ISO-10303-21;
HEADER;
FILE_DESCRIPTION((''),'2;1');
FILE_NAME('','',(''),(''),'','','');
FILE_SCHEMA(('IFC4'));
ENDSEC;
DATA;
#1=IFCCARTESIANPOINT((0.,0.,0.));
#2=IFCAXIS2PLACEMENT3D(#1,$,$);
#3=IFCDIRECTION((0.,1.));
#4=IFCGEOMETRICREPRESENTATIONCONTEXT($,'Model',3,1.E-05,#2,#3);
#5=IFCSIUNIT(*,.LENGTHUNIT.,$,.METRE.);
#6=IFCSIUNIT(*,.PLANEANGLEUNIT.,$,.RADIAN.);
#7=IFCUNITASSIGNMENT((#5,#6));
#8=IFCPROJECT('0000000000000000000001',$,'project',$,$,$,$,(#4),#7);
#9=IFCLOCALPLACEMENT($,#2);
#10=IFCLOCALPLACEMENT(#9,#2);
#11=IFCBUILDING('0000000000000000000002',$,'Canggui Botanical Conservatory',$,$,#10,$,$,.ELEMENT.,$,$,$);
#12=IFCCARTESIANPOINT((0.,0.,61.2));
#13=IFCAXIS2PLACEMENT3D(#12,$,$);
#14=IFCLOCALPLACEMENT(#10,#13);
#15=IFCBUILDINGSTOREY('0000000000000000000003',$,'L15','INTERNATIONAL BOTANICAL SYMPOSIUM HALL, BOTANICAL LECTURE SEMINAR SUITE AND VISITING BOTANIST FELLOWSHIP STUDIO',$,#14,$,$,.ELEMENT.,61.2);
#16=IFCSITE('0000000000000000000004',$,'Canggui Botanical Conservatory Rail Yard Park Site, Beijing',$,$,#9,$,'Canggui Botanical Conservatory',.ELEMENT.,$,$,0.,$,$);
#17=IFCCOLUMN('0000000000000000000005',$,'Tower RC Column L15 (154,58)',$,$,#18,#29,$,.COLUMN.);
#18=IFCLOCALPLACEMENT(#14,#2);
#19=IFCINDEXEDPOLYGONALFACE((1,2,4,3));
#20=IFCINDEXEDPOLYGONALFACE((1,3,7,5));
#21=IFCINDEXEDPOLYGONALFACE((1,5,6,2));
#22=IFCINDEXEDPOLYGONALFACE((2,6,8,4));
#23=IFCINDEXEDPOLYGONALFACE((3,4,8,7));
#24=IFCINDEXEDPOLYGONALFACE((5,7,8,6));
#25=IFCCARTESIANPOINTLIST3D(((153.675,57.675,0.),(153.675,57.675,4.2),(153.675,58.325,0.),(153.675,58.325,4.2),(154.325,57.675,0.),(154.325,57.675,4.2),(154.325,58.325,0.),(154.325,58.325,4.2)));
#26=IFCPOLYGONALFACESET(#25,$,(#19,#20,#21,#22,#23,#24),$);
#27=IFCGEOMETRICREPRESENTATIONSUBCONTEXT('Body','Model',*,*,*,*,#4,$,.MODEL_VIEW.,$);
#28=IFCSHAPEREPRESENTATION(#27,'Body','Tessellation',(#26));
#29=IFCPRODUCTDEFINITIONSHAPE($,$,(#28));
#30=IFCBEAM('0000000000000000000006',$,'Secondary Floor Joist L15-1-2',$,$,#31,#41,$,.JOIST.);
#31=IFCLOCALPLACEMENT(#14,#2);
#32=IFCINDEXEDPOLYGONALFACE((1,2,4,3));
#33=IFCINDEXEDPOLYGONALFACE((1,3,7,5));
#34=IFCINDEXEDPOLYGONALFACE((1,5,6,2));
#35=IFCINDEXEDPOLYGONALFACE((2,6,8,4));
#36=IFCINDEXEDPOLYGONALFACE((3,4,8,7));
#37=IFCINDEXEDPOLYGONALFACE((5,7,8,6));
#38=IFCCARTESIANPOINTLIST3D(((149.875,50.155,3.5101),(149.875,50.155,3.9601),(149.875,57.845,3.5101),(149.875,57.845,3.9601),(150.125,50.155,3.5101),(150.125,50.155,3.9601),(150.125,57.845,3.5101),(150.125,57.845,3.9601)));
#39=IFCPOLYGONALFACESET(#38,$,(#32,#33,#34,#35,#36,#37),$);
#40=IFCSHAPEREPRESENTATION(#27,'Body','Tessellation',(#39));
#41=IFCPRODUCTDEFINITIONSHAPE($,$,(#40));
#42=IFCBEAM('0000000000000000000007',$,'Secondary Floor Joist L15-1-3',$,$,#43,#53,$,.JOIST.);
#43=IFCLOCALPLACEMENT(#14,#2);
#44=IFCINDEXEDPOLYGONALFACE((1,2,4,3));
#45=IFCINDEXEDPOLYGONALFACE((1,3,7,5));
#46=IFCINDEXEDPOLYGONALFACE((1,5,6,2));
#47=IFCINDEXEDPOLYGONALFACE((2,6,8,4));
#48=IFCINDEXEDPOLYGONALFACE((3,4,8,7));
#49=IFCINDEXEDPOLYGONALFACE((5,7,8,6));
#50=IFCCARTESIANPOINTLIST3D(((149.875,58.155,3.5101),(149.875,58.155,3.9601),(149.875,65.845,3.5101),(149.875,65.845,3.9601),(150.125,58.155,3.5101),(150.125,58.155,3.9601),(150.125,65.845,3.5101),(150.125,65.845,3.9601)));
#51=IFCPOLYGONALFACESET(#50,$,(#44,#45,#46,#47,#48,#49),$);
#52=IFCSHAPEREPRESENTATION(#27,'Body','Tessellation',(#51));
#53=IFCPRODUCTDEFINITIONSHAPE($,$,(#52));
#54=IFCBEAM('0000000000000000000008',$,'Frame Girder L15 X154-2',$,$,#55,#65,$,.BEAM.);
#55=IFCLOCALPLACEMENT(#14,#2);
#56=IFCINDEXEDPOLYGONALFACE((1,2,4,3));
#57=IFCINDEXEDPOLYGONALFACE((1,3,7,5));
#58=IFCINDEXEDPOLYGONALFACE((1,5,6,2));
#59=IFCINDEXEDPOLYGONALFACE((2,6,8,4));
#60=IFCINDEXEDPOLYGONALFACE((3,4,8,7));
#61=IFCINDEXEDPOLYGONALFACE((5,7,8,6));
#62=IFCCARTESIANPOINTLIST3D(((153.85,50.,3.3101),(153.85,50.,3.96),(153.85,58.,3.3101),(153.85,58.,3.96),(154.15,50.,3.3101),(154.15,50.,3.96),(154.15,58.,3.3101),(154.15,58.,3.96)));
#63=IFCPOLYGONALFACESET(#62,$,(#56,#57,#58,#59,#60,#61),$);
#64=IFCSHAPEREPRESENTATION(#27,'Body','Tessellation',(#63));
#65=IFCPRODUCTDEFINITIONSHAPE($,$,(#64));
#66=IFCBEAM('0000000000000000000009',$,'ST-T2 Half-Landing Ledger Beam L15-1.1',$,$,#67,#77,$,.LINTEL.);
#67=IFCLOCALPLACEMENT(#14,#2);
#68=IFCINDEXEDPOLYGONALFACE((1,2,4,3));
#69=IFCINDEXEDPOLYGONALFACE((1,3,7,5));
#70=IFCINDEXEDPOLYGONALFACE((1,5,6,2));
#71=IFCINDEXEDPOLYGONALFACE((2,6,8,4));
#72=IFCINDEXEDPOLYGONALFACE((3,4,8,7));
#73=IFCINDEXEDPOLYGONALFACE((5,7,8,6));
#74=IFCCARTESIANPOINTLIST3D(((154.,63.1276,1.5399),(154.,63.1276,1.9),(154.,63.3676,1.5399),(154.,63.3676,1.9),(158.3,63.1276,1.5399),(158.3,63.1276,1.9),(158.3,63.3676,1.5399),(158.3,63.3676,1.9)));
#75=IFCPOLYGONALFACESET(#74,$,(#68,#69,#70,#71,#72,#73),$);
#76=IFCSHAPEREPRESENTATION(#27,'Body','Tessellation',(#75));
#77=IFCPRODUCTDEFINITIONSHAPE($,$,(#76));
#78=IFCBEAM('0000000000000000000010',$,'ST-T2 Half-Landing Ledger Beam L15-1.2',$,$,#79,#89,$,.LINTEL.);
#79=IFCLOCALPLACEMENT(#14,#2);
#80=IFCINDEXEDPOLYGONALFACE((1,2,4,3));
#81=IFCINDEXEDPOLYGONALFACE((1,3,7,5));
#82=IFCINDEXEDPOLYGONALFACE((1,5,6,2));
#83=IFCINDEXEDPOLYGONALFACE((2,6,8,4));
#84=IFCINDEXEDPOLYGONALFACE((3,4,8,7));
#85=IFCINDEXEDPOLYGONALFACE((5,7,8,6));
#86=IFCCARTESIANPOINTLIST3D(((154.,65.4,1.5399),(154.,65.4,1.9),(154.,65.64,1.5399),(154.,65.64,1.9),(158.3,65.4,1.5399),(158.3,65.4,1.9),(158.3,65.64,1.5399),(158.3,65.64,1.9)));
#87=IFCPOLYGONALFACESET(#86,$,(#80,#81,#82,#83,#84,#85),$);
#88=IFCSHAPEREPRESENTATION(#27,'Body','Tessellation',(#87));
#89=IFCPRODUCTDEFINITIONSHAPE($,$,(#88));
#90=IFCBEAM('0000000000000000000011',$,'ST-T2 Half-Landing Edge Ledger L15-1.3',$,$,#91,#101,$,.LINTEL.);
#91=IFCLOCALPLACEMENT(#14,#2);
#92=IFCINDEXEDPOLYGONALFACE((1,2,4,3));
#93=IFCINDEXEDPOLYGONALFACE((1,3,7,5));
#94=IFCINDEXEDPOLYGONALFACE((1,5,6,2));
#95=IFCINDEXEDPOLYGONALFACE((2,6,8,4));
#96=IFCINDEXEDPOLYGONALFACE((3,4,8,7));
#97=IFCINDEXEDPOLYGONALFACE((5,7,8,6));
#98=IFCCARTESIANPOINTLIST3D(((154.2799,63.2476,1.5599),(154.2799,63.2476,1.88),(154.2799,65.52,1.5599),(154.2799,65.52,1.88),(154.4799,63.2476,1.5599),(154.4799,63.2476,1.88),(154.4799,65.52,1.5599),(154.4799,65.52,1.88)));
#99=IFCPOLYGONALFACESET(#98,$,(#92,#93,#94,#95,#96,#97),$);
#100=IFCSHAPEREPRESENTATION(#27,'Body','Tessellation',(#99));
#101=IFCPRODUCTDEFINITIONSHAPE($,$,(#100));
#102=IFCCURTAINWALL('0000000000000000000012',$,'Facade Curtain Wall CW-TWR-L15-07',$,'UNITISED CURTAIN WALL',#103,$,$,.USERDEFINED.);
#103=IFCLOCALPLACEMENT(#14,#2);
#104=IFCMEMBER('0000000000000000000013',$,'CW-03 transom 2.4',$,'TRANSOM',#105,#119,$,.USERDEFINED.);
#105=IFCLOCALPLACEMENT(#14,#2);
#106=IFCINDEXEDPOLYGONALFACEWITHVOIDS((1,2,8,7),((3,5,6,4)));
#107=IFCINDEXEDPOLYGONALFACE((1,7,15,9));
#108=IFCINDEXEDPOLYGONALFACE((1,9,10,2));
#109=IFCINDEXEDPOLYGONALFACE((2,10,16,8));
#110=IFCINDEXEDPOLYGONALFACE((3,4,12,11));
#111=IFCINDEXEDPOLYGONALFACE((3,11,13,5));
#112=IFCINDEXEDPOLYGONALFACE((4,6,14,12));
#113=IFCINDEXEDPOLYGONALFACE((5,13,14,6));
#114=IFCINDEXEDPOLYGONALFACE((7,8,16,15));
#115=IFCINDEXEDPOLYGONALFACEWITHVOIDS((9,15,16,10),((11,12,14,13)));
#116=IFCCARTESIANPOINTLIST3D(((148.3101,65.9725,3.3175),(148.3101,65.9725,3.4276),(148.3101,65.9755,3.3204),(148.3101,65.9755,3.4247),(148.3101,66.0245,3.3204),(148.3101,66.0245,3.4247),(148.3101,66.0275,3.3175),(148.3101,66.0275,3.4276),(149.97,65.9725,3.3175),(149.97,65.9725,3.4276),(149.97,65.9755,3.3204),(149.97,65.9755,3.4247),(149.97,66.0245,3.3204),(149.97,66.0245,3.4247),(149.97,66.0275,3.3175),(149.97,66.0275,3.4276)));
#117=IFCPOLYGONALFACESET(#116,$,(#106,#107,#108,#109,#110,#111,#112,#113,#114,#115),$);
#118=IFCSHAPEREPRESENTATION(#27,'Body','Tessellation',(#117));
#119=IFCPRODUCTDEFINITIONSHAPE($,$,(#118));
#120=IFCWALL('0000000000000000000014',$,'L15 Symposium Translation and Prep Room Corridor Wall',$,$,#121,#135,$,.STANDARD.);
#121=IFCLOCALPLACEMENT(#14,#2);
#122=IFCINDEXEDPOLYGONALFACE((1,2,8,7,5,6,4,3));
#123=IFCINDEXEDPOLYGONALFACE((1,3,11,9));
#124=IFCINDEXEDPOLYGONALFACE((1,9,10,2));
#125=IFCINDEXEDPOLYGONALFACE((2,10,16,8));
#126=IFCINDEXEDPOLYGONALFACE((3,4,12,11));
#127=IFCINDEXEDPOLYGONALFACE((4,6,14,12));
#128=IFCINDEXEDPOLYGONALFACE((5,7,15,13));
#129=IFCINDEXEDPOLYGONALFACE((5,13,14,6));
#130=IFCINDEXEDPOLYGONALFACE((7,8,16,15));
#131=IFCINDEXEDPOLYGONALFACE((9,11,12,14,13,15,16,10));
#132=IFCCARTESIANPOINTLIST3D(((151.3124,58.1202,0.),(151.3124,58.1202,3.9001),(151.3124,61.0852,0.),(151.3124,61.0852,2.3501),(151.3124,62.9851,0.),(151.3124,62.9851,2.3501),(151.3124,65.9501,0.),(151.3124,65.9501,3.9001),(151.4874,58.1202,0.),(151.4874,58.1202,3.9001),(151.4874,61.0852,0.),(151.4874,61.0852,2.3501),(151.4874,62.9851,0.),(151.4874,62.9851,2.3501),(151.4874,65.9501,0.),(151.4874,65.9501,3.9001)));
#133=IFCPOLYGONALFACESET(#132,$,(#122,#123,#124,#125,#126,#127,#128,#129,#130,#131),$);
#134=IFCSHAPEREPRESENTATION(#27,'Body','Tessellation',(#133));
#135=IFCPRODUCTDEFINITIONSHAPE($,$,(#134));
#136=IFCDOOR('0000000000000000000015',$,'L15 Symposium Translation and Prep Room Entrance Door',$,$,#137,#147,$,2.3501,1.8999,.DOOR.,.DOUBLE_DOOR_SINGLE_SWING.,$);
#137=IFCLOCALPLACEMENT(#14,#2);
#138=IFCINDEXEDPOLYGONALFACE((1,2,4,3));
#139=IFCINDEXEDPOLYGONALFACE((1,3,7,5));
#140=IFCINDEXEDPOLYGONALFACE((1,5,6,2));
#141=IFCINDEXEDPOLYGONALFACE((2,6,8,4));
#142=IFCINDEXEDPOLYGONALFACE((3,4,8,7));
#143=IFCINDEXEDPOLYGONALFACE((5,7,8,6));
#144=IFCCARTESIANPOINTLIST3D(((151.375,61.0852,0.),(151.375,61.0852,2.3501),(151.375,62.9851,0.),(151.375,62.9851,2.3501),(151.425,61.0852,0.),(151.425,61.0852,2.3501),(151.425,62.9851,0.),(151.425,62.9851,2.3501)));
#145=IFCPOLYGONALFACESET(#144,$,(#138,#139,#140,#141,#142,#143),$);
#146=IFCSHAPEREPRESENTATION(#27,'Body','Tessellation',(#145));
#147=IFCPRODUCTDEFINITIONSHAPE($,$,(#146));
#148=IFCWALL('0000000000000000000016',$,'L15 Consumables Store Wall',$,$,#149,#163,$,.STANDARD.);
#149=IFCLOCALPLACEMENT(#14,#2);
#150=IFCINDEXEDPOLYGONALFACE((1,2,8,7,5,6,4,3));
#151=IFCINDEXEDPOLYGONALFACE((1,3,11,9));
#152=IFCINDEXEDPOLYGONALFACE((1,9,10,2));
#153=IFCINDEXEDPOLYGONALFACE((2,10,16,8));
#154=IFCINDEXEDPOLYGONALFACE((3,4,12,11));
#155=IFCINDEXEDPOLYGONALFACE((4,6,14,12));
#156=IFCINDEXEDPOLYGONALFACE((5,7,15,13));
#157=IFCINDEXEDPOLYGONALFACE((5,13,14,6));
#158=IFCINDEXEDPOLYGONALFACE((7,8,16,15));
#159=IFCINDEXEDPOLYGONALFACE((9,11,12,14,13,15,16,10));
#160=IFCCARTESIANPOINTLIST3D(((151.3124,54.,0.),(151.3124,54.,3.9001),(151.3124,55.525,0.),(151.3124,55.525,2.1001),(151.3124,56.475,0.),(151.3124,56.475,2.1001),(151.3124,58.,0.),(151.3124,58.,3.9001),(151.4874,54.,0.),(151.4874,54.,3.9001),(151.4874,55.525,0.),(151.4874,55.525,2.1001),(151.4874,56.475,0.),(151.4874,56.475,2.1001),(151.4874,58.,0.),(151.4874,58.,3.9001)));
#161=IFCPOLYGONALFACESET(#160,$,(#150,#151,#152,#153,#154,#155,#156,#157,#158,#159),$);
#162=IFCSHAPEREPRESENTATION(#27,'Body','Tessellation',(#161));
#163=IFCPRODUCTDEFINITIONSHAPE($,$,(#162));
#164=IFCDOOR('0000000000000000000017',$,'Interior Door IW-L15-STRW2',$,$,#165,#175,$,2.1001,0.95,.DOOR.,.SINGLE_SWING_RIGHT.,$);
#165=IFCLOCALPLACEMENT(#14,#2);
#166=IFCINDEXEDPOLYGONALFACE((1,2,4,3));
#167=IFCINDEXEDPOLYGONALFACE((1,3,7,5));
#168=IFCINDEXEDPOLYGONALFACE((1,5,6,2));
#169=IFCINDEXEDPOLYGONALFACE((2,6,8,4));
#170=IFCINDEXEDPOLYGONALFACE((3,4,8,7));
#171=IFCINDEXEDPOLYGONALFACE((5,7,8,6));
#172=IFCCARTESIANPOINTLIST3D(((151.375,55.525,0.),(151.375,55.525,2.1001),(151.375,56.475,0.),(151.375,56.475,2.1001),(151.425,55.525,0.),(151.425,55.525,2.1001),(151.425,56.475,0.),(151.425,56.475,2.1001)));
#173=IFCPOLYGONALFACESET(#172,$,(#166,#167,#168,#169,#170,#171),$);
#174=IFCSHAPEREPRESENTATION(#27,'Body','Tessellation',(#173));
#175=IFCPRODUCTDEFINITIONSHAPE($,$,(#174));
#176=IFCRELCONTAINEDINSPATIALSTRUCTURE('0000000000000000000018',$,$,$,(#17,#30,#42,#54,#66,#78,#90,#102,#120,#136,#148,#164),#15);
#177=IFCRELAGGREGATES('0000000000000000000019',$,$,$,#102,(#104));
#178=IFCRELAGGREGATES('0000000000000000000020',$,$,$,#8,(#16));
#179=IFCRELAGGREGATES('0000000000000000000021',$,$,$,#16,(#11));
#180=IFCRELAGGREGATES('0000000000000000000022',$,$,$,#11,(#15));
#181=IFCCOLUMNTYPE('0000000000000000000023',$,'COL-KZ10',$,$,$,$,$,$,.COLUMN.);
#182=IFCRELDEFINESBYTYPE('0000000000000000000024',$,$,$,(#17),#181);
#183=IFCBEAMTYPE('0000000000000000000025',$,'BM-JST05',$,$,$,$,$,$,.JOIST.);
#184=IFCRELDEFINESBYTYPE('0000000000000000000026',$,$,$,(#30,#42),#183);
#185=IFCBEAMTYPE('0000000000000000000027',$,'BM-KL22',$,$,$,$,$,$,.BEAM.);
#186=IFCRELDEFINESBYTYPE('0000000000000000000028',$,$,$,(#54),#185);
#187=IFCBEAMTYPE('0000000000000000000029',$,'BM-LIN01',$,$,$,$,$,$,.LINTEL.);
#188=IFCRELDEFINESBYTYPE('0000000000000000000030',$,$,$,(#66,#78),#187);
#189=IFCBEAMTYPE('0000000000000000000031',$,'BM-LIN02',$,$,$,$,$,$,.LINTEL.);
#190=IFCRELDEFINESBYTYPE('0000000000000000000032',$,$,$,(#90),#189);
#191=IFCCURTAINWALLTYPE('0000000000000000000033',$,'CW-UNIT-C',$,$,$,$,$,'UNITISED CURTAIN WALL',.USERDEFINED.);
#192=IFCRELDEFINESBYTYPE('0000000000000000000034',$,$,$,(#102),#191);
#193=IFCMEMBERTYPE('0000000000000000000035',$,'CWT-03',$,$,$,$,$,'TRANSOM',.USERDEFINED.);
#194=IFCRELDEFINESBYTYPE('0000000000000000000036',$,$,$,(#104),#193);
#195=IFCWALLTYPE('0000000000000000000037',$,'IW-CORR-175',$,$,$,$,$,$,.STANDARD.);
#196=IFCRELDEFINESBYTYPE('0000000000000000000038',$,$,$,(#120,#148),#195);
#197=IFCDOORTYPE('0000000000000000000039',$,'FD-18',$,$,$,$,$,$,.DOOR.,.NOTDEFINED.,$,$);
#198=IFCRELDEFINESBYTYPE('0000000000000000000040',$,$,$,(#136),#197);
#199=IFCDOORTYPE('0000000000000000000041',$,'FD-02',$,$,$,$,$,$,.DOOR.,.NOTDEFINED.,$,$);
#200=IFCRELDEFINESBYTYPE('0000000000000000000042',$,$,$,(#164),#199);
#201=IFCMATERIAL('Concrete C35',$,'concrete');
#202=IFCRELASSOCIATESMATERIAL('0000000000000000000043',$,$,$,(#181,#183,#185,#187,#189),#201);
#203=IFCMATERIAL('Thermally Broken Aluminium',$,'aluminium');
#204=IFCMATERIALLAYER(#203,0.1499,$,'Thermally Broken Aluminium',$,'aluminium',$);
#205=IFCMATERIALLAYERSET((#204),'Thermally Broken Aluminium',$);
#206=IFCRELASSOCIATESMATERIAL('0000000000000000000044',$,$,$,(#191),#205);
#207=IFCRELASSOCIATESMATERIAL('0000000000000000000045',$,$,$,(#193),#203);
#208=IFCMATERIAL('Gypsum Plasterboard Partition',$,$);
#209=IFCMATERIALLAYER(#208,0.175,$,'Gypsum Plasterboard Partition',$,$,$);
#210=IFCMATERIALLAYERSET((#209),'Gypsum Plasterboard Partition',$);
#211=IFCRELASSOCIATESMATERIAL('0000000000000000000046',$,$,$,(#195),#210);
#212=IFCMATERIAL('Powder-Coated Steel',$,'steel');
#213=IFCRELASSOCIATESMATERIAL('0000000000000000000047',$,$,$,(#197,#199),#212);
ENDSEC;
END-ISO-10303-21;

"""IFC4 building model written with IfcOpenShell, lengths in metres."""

from ifc_helpers import new_model, si_unit, direction, frame, frame_2d, origin, origin_2d, place, context, subcontext, project, spatial, rectangle, hollow_rectangle, extrude, material, layer, layer_set, material_profile, profile_set, type_object, element, fill, aggregate, save


model = new_model("IFC4")

# Units and contexts
model_context = context("Model", 3, precision=1e-05, world=origin(), true_north=direction((0.0, 1.0)))
body_context = subcontext(model_context, "Body", "Model", "MODEL_VIEW")
ifc_project = project(units=[si_unit("LENGTHUNIT", "METRE"), si_unit("PLANEANGLEUNIT", "RADIAN")], contexts=[model_context])

# Site, building, storey
site_placement = place(None, origin())
site = spatial("IfcSite", under=ifc_project, at=site_placement, Name="Canggui Botanical Conservatory Rail Yard Park Site, Beijing", LongName="Canggui Botanical Conservatory", CompositionType="ELEMENT", RefElevation=0.0)
building_placement = place(site_placement, origin())
building = spatial("IfcBuilding", under=site, at=building_placement, Name="Canggui Botanical Conservatory", CompositionType="ELEMENT")
storey_placement = place(building_placement, frame((0.0, 0.0, 61.2)))
storey = spatial("IfcBuildingStorey", under=building, at=storey_placement, Name="L15", Description="INTERNATIONAL BOTANICAL SYMPOSIUM HALL, BOTANICAL LECTURE SEMINAR SUITE AND VISITING BOTANIST FELLOWSHIP STUDIO", CompositionType="ELEMENT", Elevation=61.2)

# Column
ifc_material_1 = material(Name="Concrete C35", Category="concrete")
ifc_material_profile_1 = material_profile(ifc_material_1, rectangle(XDim=0.6499, YDim=0.6499, at=origin_2d()), Name="RC 650x650")
ifc_profile_set_1 = profile_set([ifc_material_profile_1], Name="Concrete C35")
column_type = type_object("IfcColumnType", Name="COL-KZ10", PredefinedType="COLUMN", material=ifc_profile_set_1)
column_placement = place(storey_placement, frame((154.0, 58.0, 0.0), z_axis=(0.0, 0.0, 1.0), x_axis=(1.0, 0.0, 0.0)))
element("IfcColumn", 1, at=column_placement, inside=storey, type_object=column_type, Name="Tower RC Column L15 (154,58)", PredefinedType="COLUMN", context=body_context, shape_type="SweptSolid", body=[
    extrude(rectangle(XDim=0.6499, YDim=0.6499, at=origin_2d()), origin(), (0.0, 0.0, 1.0), 4.2),
])

# Beams
ifc_material_profile_2 = material_profile(ifc_material_1, rectangle(XDim=0.25, YDim=0.45, at=origin_2d()), Name="RB 250x450")
ifc_profile_set_2 = profile_set([ifc_material_profile_2], Name="Concrete C35")
beam_type_1 = type_object("IfcBeamType", Name="BM-JST05", PredefinedType="JOIST", material=ifc_profile_set_2)
for number, where, z_axis, x_axis, name in (
    (2, (150.0, 50.155, 3.7351), (0.0, 1.0, 0.0), (-1.0, 0.0, 0.0), "Secondary Floor Joist L15-1-2"),
    (3, (150.0, 58.155, 3.7351), (0.0, 1.0, 0.0), (-1.0, 0.0, 0.0), "Secondary Floor Joist L15-1-3"),
):
    element("IfcBeam", number, at=place(storey_placement, frame(where, z_axis=z_axis, x_axis=x_axis)), inside=storey, type_object=beam_type_1, Name=name, PredefinedType="JOIST", context=body_context, shape_type="SweptSolid", body=[
        extrude(rectangle(XDim=0.25, YDim=0.45, at=origin_2d()), origin(), (0.0, 0.0, 1.0), 7.6899),
    ])
ifc_material_profile_3 = material_profile(ifc_material_1, rectangle(XDim=0.3, YDim=0.6499, at=origin_2d()), Name="RB 300x650")
ifc_profile_set_3 = profile_set([ifc_material_profile_3], Name="Concrete C35")
beam_type_2 = type_object("IfcBeamType", Name="BM-KL22", PredefinedType="BEAM", material=ifc_profile_set_3)
beam_1_placement = place(storey_placement, frame((154.0, 50.0, 3.635), z_axis=(0.0, 1.0, 0.0), x_axis=(-1.0, 0.0, 0.0)))
element("IfcBeam", 4, at=beam_1_placement, inside=storey, type_object=beam_type_2, Name="Frame Girder L15 X154-2", PredefinedType="BEAM", context=body_context, shape_type="SweptSolid", body=[
    extrude(rectangle(XDim=0.3, YDim=0.6499, at=origin_2d()), origin(), (0.0, 0.0, 1.0), 8.0),
])
ifc_material_profile_4 = material_profile(ifc_material_1, rectangle(XDim=0.24, YDim=0.3601, at=origin_2d()), Name="RB 240x360")
ifc_profile_set_4 = profile_set([ifc_material_profile_4], Name="Concrete C35")
beam_type_3 = type_object("IfcBeamType", Name="BM-LIN01", PredefinedType="LINTEL", material=ifc_profile_set_4)
for number, where, z_axis, x_axis, name in (
    (5, (154.0, 63.2476, 1.72), (1.0, 0.0, 0.0), (0.0, 1.0, 0.0), "ST-T2 Half-Landing Ledger Beam L15-1.1"),
    (6, (154.0, 65.52, 1.72), (1.0, 0.0, 0.0), (0.0, 1.0, 0.0), "ST-T2 Half-Landing Ledger Beam L15-1.2"),
):
    element("IfcBeam", number, at=place(storey_placement, frame(where, z_axis=z_axis, x_axis=x_axis)), inside=storey, type_object=beam_type_3, Name=name, PredefinedType="LINTEL", context=body_context, shape_type="SweptSolid", body=[
        extrude(rectangle(XDim=0.24, YDim=0.3601, at=origin_2d()), origin(), (0.0, 0.0, 1.0), 4.3),
    ])
ifc_material_profile_5 = material_profile(ifc_material_1, rectangle(XDim=0.2, YDim=0.3201, at=origin_2d()), Name="RB 200x320")
ifc_profile_set_5 = profile_set([ifc_material_profile_5], Name="Concrete C35")
beam_type_4 = type_object("IfcBeamType", Name="BM-LIN02", PredefinedType="LINTEL", material=ifc_profile_set_5)
beam_2_placement = place(storey_placement, frame((154.3799, 63.2476, 1.72), z_axis=(0.0, 1.0, 0.0), x_axis=(-1.0, 0.0, 0.0)))
element("IfcBeam", 7, at=beam_2_placement, inside=storey, type_object=beam_type_4, Name="ST-T2 Half-Landing Edge Ledger L15-1.3", PredefinedType="LINTEL", context=body_context, shape_type="SweptSolid", body=[
    extrude(rectangle(XDim=0.2, YDim=0.3201, at=origin_2d()), origin(), (0.0, 0.0, 1.0), 2.2725),
])

# Curtain wall, member
ifc_material_2 = material(Name="Thermally Broken Aluminium", Category="aluminium")
ifc_layer_1 = layer(ifc_material_2, 0.1499, Name="Thermally Broken Aluminium", Category="aluminium")
ifc_layer_set_1 = layer_set([ifc_layer_1], Name="Thermally Broken Aluminium")
curtain_wall_type = type_object("IfcCurtainWallType", Name="CW-UNIT-C", ElementType="UNITISED CURTAIN WALL", PredefinedType="USERDEFINED", material=ifc_layer_set_1)
curtain_wall_placement = place(storey_placement, origin())
curtain_wall = element("IfcCurtainWall", 8, at=curtain_wall_placement, inside=storey, type_object=curtain_wall_type, Name="Facade Curtain Wall CW-TWR-L15-07", ObjectType="UNITISED CURTAIN WALL", PredefinedType="USERDEFINED")
ifc_material_profile_6 = material_profile(ifc_material_2, hollow_rectangle(XDim=0.0549, YDim=0.1101, WallThickness=0.0029, at=origin_2d()), Name="CWT 55x110x3")
ifc_profile_set_6 = profile_set([ifc_material_profile_6], Name="Thermally Broken Aluminium")
member_type = type_object("IfcMemberType", Name="CWT-03", ElementType="TRANSOM", PredefinedType="USERDEFINED", material=ifc_profile_set_6)
member_placement = place(storey_placement, frame((148.3101, 66.0, 3.3726), z_axis=(1.0, 0.0, 0.0), x_axis=(0.0, 1.0, 0.0)))
member = element("IfcMember", 9, at=member_placement, type_object=member_type, Name="CW-03 transom 2.4", ObjectType="TRANSOM", PredefinedType="USERDEFINED", context=body_context, shape_type="SweptSolid", body=[
    extrude(hollow_rectangle(XDim=0.0549, YDim=0.1101, WallThickness=0.0029, at=origin_2d()), origin(), (0.0, 0.0, 1.0), 1.6599),
])
aggregate(curtain_wall, [member])

# Walls, openings, doors
ifc_material_3 = material(Name="Gypsum Plasterboard Partition")
ifc_layer_2 = layer(ifc_material_3, 0.175, Name="Gypsum Plasterboard Partition")
ifc_layer_set_2 = layer_set([ifc_layer_2], Name="Gypsum Plasterboard Partition")
wall_type_1 = type_object("IfcWallType", Name="IW-CORR-175", PredefinedType="STANDARD", material=ifc_layer_set_2)
wall_1_placement = place(storey_placement, frame((151.3999, 58.1201, 0.0), z_axis=(0.0, 0.0, 1.0), x_axis=(0.0, 1.0, 0.0)))
wall_1 = element("IfcWall", 10, at=wall_1_placement, inside=storey, type_object=wall_type_1, Name="L15 Symposium Translation and Prep Room Corridor Wall", PredefinedType="STANDARD", context=body_context, shape_type="SweptSolid", body=[
    extrude(rectangle(XDim=7.8298, YDim=0.175, at=frame_2d((3.915, 0.0))), origin(), (0.0, 0.0, 1.0), 3.9001),
])
opening_1_placement = place(wall_1_placement, frame((2.9651, 0.0, 0.0)))
opening_1 = element("IfcOpeningElement", 11, at=opening_1_placement, cuts=wall_1, PredefinedType="OPENING", context=body_context, shape_type="SweptSolid", body=[
    extrude(rectangle(XDim=1.8999, YDim=2.3501, at=frame_2d((0.95, 1.175))), frame((0.0, 0.0977, 0.0), z_axis=(0.0, -1.0, 0.0), x_axis=(1.0, 0.0, 0.0)), (0.0, 0.0, 1.0), 0.1951),
])
ifc_material_4 = material(Name="Powder-Coated Steel", Category="steel")
door_type_1 = type_object("IfcDoorType", Name="FD-18", OperationType="NOTDEFINED", PredefinedType="DOOR", material=ifc_material_4)
door_1_placement = place(opening_1_placement, origin())
door_1 = element("IfcDoor", 12, at=door_1_placement, inside=storey, type_object=door_type_1, Name="L15 Symposium Translation and Prep Room Entrance Door", OperationType="DOUBLE_DOOR_SINGLE_SWING", OverallHeight=2.3501, OverallWidth=1.8999, PredefinedType="DOOR", context=body_context, shape_type="SweptSolid", body=[
    extrude(rectangle(XDim=1.8999, YDim=2.3501, at=frame_2d((0.95, 1.175))), frame((0.0, 0.0249, 0.0), z_axis=(0.0, -1.0, 0.0), x_axis=(1.0, 0.0, 0.0)), (0.0, 0.0, 1.0), 0.05),
])
fill(opening_1, door_1)
wall_2_placement = place(storey_placement, frame((151.3999, 54.0, 0.0), z_axis=(0.0, 0.0, 1.0), x_axis=(0.0, 1.0, 0.0)))
wall_2 = element("IfcWall", 13, at=wall_2_placement, inside=storey, type_object=wall_type_1, Name="L15 Consumables Store Wall", PredefinedType="STANDARD", context=body_context, shape_type="SweptSolid", body=[
    extrude(rectangle(XDim=4.0, YDim=0.175, at=frame_2d((2.0, 0.0))), origin(), (0.0, 0.0, 1.0), 3.9001),
])
opening_2_placement = place(wall_2_placement, frame((1.5249, 0.0, 0.0)))
opening_2 = element("IfcOpeningElement", 14, at=opening_2_placement, cuts=wall_2, PredefinedType="OPENING", context=body_context, shape_type="SweptSolid", body=[
    extrude(rectangle(XDim=0.95, YDim=2.1001, at=frame_2d((0.4751, 1.05))), frame((0.0, 0.0977, 0.0), z_axis=(0.0, -1.0, 0.0), x_axis=(1.0, 0.0, 0.0)), (0.0, 0.0, 1.0), 0.1951),
])
door_type_2 = type_object("IfcDoorType", Name="FD-02", OperationType="NOTDEFINED", PredefinedType="DOOR", material=ifc_material_4)
door_2_placement = place(opening_2_placement, origin())
door_2 = element("IfcDoor", 15, at=door_2_placement, inside=storey, type_object=door_type_2, Name="Interior Door IW-L15-STRW2", OperationType="SINGLE_SWING_RIGHT", OverallHeight=2.1001, OverallWidth=0.95, PredefinedType="DOOR", context=body_context, shape_type="SweptSolid", body=[
    extrude(rectangle(XDim=0.95, YDim=2.1001, at=frame_2d((0.4751, 1.05))), frame((0.0, 0.0249, 0.0), z_axis=(0.0, -1.0, 0.0), x_axis=(1.0, 0.0, 0.0)), (0.0, 0.0, 1.0), 0.05),
])
fill(opening_2, door_2)

save(model, "model.ifc")
